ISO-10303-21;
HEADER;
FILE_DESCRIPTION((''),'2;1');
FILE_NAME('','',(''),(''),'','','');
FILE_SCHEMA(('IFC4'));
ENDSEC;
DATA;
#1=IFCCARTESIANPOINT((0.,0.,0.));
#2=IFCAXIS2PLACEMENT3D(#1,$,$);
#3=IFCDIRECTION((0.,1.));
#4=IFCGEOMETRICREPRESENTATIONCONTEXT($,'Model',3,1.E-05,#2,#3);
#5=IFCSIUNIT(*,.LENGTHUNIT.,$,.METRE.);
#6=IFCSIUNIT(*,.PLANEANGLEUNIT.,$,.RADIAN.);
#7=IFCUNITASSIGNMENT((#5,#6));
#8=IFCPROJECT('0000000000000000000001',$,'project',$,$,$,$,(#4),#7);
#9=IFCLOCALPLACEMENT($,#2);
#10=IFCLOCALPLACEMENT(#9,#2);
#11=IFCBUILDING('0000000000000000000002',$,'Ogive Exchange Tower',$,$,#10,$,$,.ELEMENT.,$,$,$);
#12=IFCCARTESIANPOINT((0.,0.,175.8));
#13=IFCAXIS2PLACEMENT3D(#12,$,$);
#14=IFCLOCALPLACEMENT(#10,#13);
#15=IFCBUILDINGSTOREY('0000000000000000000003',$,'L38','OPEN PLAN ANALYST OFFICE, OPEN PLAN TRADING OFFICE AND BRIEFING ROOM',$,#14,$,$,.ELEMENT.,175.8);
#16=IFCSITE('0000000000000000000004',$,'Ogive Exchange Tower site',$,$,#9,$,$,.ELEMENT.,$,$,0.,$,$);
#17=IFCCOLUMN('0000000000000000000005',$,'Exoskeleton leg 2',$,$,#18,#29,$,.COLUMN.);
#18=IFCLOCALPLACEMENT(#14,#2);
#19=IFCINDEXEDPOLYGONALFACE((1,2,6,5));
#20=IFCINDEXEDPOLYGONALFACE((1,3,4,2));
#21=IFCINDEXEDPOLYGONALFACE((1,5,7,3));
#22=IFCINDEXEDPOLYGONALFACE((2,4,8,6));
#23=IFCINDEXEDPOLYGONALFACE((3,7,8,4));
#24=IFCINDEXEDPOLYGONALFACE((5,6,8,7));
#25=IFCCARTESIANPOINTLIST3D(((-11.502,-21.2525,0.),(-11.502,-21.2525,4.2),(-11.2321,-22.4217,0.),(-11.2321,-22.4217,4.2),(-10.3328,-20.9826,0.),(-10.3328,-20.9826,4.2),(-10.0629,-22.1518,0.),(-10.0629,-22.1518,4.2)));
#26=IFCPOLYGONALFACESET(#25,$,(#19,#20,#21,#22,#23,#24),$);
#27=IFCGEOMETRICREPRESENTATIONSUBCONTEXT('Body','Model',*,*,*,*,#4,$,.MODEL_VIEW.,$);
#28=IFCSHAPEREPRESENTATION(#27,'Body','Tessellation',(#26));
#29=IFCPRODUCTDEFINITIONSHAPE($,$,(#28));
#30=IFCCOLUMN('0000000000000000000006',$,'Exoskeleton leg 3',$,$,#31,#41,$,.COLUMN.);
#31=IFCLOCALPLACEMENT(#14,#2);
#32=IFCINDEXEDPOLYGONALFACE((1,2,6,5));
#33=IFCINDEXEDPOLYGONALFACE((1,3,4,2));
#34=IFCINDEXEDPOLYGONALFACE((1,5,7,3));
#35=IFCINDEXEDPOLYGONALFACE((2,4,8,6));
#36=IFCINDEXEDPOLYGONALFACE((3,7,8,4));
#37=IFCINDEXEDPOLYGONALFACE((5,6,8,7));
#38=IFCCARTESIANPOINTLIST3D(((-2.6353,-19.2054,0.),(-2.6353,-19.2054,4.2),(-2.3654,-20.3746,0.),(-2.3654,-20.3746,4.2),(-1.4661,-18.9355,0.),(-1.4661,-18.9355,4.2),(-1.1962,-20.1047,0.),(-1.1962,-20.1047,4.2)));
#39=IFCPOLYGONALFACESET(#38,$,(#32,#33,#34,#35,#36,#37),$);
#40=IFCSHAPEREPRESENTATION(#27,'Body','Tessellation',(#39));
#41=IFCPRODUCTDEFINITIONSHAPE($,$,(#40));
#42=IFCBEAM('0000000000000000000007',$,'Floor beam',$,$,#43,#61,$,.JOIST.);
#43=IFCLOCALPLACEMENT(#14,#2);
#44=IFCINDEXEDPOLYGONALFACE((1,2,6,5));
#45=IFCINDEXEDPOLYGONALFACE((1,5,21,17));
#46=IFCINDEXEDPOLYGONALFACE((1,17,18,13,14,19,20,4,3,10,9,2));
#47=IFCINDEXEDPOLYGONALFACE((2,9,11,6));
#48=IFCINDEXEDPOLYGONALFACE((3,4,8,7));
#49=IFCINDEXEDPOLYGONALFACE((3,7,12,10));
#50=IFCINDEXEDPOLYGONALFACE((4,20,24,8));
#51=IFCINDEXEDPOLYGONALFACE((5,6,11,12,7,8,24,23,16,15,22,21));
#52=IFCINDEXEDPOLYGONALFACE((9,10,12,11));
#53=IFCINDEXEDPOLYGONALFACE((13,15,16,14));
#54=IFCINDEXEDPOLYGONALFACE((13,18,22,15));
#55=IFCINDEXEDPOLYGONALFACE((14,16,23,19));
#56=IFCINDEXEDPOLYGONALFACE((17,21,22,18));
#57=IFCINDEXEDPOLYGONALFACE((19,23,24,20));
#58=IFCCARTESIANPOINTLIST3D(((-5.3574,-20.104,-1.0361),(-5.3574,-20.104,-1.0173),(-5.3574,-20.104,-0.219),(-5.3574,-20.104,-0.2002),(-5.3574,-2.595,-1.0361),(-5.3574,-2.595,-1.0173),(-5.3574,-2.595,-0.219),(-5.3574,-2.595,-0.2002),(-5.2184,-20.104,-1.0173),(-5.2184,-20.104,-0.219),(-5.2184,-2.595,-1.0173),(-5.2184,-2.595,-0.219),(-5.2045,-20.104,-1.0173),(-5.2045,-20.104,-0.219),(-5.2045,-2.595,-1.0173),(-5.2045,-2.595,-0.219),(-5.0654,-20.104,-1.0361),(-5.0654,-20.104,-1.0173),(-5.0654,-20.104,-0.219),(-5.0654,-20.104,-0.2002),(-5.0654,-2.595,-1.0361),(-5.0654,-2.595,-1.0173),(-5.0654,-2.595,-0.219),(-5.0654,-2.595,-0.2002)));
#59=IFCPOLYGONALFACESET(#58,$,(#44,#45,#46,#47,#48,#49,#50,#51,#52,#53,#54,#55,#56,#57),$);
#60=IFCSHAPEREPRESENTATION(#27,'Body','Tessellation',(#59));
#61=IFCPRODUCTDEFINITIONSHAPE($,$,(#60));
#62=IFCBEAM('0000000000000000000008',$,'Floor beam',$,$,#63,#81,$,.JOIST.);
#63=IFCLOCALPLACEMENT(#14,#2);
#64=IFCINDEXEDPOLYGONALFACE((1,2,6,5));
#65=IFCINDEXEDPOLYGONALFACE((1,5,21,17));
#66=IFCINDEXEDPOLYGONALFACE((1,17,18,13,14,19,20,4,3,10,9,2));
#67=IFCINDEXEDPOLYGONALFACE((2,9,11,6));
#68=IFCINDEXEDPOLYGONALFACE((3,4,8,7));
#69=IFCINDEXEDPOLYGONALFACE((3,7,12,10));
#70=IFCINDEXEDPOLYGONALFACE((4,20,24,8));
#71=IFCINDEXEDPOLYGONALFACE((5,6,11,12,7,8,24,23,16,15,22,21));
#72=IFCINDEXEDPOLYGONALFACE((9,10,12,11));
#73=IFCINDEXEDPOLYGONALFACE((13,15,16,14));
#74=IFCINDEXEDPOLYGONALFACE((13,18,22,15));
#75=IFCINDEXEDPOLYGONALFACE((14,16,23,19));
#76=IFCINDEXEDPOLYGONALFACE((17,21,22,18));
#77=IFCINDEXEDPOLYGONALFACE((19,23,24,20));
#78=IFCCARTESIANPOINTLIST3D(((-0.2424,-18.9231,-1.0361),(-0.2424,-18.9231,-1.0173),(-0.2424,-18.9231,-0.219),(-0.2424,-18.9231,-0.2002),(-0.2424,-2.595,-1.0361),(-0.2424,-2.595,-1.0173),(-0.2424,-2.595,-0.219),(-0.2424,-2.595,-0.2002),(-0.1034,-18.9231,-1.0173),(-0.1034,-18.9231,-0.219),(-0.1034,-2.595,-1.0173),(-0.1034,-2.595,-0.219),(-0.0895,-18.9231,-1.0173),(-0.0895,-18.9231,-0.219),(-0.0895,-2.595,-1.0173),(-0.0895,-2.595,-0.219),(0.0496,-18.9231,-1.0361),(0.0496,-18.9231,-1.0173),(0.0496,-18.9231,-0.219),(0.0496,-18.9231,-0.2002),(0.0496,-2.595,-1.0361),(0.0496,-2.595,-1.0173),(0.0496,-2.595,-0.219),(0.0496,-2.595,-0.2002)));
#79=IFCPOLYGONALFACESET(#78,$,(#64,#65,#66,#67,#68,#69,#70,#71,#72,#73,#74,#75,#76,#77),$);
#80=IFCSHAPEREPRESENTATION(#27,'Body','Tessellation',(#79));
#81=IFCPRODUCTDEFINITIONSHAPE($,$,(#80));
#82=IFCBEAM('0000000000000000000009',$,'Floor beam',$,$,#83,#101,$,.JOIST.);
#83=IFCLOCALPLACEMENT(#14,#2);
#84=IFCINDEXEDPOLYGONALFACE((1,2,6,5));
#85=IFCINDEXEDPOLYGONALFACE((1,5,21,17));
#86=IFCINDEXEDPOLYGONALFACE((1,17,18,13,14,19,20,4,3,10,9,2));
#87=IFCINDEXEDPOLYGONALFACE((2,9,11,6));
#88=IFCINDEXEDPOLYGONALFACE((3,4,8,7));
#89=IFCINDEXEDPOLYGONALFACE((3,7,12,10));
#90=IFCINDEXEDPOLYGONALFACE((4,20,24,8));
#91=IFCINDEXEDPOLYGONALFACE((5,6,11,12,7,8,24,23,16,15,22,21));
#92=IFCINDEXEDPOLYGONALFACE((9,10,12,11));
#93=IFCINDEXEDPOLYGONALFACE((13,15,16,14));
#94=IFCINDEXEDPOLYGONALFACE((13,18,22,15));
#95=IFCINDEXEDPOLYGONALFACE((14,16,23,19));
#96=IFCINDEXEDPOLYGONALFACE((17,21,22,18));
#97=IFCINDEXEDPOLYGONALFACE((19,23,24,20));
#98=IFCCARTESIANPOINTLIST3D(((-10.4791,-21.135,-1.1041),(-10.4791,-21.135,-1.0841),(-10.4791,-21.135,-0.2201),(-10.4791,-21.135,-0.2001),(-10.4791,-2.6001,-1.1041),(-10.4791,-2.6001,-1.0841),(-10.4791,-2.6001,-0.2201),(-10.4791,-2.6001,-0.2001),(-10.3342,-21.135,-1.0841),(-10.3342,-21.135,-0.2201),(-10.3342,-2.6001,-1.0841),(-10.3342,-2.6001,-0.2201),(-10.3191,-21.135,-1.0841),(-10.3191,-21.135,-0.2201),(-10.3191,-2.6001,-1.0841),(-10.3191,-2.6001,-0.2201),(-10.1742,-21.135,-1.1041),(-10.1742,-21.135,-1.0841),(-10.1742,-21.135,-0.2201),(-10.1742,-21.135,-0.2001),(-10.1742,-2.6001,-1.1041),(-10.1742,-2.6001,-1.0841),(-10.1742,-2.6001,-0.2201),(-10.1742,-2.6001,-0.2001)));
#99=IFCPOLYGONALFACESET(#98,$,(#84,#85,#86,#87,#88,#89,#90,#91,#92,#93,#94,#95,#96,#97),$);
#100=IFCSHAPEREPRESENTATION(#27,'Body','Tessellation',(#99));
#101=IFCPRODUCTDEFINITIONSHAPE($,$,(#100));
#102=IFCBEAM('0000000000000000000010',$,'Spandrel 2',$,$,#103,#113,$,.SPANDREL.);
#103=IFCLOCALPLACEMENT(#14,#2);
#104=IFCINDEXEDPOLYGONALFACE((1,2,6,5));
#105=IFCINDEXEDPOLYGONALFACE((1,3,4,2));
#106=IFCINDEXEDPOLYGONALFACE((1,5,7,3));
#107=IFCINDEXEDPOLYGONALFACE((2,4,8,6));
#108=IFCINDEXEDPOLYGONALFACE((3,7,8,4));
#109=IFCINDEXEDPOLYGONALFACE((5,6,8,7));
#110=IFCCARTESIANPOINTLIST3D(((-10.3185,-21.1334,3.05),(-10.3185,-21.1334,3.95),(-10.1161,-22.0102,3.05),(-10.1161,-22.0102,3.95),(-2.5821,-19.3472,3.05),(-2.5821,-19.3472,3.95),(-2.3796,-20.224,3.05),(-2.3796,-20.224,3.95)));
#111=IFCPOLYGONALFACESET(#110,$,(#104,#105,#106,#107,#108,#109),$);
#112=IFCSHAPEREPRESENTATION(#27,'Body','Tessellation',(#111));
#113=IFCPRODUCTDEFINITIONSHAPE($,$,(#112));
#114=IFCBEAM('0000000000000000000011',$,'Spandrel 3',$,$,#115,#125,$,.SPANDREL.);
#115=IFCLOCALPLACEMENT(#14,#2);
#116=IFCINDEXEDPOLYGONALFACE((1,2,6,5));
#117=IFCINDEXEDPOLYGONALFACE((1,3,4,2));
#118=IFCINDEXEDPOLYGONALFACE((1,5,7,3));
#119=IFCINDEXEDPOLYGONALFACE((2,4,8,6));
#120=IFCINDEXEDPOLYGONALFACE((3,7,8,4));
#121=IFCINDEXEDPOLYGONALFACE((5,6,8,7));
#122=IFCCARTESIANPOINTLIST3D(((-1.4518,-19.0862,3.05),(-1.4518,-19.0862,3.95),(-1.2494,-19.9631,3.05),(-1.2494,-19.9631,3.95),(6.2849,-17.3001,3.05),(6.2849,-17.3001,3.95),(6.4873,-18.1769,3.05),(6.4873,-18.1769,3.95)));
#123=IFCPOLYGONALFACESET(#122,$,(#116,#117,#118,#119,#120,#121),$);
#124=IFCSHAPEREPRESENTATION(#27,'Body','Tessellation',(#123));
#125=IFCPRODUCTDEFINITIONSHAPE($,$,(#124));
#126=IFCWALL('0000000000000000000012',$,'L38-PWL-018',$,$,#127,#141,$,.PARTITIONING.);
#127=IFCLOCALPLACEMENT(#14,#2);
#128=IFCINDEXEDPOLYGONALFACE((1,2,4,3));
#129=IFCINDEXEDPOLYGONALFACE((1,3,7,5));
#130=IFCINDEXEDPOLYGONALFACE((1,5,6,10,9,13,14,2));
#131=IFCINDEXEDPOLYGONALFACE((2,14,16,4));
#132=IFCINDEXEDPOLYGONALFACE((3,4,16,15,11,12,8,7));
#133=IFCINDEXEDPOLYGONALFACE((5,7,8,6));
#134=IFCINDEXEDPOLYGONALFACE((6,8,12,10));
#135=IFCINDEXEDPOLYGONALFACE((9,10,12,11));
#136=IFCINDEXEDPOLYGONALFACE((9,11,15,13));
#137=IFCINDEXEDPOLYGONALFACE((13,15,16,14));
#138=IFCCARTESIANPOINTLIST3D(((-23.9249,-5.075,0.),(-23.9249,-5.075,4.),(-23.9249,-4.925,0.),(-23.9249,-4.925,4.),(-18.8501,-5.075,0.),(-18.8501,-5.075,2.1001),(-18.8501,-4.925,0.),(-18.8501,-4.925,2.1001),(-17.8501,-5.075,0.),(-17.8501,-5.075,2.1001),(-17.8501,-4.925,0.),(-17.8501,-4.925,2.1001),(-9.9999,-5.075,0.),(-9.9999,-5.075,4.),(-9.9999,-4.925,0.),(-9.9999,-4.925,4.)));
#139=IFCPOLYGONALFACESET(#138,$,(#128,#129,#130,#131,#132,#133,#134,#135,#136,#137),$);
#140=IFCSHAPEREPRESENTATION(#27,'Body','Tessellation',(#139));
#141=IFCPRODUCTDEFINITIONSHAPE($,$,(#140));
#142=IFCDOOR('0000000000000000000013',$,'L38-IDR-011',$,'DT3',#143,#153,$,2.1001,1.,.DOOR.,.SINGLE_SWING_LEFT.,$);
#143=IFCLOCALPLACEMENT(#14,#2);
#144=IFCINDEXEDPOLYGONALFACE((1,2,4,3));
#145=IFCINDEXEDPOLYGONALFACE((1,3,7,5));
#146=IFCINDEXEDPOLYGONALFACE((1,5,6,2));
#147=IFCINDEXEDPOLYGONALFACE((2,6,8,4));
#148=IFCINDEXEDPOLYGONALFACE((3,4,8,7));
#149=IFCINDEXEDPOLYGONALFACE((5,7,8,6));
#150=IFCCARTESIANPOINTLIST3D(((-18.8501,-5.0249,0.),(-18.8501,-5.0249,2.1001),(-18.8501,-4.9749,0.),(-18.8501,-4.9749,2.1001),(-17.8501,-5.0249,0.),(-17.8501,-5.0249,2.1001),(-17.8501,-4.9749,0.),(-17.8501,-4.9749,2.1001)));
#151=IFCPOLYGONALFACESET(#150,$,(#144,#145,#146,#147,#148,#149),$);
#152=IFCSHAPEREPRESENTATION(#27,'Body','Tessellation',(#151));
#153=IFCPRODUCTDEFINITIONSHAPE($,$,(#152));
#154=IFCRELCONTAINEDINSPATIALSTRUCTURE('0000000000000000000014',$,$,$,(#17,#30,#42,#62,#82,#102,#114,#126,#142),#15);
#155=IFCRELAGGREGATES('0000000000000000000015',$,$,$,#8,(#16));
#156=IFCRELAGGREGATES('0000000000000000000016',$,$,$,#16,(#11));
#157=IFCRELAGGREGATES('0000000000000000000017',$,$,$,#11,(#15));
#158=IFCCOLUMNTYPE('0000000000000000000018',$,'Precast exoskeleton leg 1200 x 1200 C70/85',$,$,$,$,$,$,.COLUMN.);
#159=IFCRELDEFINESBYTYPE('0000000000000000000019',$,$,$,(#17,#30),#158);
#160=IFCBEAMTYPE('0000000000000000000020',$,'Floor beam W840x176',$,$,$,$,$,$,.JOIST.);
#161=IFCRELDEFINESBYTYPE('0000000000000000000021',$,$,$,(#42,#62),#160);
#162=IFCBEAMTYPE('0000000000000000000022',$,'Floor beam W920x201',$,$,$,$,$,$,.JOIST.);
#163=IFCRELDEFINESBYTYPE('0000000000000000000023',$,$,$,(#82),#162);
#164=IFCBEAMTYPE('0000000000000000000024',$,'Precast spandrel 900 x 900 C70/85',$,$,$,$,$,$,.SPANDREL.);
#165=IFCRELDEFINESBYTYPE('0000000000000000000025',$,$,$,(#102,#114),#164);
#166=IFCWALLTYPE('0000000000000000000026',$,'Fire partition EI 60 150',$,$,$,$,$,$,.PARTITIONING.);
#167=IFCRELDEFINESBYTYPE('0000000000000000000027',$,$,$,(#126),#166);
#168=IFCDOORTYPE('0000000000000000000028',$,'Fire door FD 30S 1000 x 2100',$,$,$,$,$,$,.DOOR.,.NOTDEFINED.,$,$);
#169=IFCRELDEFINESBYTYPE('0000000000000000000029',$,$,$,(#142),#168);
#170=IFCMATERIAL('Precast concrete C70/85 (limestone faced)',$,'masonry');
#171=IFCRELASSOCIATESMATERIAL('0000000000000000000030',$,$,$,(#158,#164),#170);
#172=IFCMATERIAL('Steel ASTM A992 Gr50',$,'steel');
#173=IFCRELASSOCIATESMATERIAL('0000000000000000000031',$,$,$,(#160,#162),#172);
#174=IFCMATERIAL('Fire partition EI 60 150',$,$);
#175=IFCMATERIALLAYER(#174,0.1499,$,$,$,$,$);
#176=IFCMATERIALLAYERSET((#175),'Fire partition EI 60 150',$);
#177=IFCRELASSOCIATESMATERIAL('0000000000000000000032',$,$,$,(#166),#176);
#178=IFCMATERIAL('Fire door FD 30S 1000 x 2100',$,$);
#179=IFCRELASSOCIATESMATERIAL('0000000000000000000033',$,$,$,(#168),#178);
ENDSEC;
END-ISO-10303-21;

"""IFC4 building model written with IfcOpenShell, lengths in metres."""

from ifc_helpers import new_model, si_unit, direction, frame, frame_2d, origin, origin_2d, place, context, subcontext, project, spatial, rectangle, i_section, extrude, material, layer, layer_set, material_profile, profile_set, type_object, element, fill, save


model = new_model("IFC4")

# Units and contexts
model_context = context("Model", 3, precision=1e-05, world=origin(), true_north=direction((0.0, 1.0)))
body_context = subcontext(model_context, "Body", "Model", "MODEL_VIEW")
ifc_project = project(units=[si_unit("LENGTHUNIT", "METRE"), si_unit("PLANEANGLEUNIT", "RADIAN")], contexts=[model_context])

# Site, building, storey
site_placement = place(None, origin())
site = spatial("IfcSite", under=ifc_project, at=site_placement, Name="Ogive Exchange Tower site", CompositionType="ELEMENT", RefElevation=0.0)
building_placement = place(site_placement, origin())
building = spatial("IfcBuilding", under=site, at=building_placement, Name="Ogive Exchange Tower", CompositionType="ELEMENT")
storey_placement = place(building_placement, frame((0.0, 0.0, 175.8)))
storey = spatial("IfcBuildingStorey", under=building, at=storey_placement, Name="L38", Description="OPEN PLAN ANALYST OFFICE, OPEN PLAN TRADING OFFICE AND BRIEFING ROOM", CompositionType="ELEMENT", Elevation=175.8)

# Columns
ifc_material_1 = material(Name="Precast concrete C70/85 (limestone faced)", Category="masonry")
ifc_material_profile_1 = material_profile(ifc_material_1, rectangle(XDim=1.2, YDim=1.2, at=origin_2d()), Name="1200 x 1200")
ifc_profile_set_1 = profile_set([ifc_material_profile_1], Name="Precast concrete C70/85 (limestone faced)")
column_type = type_object("IfcColumnType", Name="Precast exoskeleton leg 1200 x 1200 C70/85", PredefinedType="COLUMN", material=ifc_profile_set_1)
for number, where, z_axis, x_axis, name in (
    (1, (-10.7825, -21.7021, 0.0), (0.0, 0.0, 1.0), (0.97437, 0.224951, 0.0), "Exoskeleton leg 2"),
    (2, (-1.9158, -19.655, 0.0), (0.0, 0.0, 1.0), (0.97437, 0.224951, 0.0), "Exoskeleton leg 3"),
):
    element("IfcColumn", number, at=place(storey_placement, frame(where, z_axis=z_axis, x_axis=x_axis)), inside=storey, type_object=column_type, Name=name, PredefinedType="COLUMN", context=body_context, shape_type="SweptSolid", body=[
        extrude(rectangle(XDim=1.2, YDim=1.2, at=origin_2d()), origin(), (0.0, 0.0, 1.0), 4.2),
    ])

# Beams
ifc_material_2 = material(Name="Steel ASTM A992 Gr50", Category="steel")
ifc_material_profile_2 = material_profile(ifc_material_2, i_section(OverallWidth=0.292, OverallDepth=0.8359, WebThickness=0.0139, FlangeThickness=0.0188, at=origin_2d()), Name="W840x176")
ifc_profile_set_2 = profile_set([ifc_material_profile_2], Name="Steel ASTM A992 Gr50")
beam_type_1 = type_object("IfcBeamType", Name="Floor beam W840x176", PredefinedType="JOIST", material=ifc_profile_set_2)
beam_1_placement = place(storey_placement, frame((-5.2114, -20.104, -0.6182), z_axis=(0.0, 1.0, 0.0), x_axis=(-1.0, 0.0, 0.0)))
element("IfcBeam", 3, at=beam_1_placement, inside=storey, type_object=beam_type_1, Name="Floor beam", PredefinedType="JOIST", context=body_context, shape_type="SweptSolid", body=[
    extrude(i_section(OverallWidth=0.292, OverallDepth=0.8359, WebThickness=0.0139, FlangeThickness=0.0188, at=origin_2d()), origin(), (0.0, 0.0, 1.0), 17.509),
])
beam_2_placement = place(storey_placement, frame((-0.0964, -18.9231, -0.6182), z_axis=(0.0, 1.0, 0.0), x_axis=(-1.0, 0.0, 0.0)))
element("IfcBeam", 4, at=beam_2_placement, inside=storey, type_object=beam_type_1, Name="Floor beam", PredefinedType="JOIST", context=body_context, shape_type="SweptSolid", body=[
    extrude(i_section(OverallWidth=0.292, OverallDepth=0.8359, WebThickness=0.0139, FlangeThickness=0.0188, at=origin_2d()), origin(), (0.0, 0.0, 1.0), 16.3281),
])
ifc_material_profile_3 = material_profile(ifc_material_2, i_section(OverallWidth=0.3049, OverallDepth=0.9041, WebThickness=0.0151, FlangeThickness=0.02, at=origin_2d()), Name="W920x201")
ifc_profile_set_3 = profile_set([ifc_material_profile_3], Name="Steel ASTM A992 Gr50")
beam_type_2 = type_object("IfcBeamType", Name="Floor beam W920x201", PredefinedType="JOIST", material=ifc_profile_set_3)
beam_3_placement = place(storey_placement, frame((-10.3267, -21.135, -0.6521), z_axis=(0.0, 1.0, 0.0), x_axis=(-1.0, 0.0, 0.0)))
element("IfcBeam", 5, at=beam_3_placement, inside=storey, type_object=beam_type_2, Name="Floor beam", PredefinedType="JOIST", context=body_context, shape_type="SweptSolid", body=[
    extrude(i_section(OverallWidth=0.3049, OverallDepth=0.9041, WebThickness=0.0151, FlangeThickness=0.02, at=origin_2d()), origin(), (0.0, 0.0, 1.0), 18.5349),
])
ifc_material_profile_4 = material_profile(ifc_material_1, rectangle(XDim=0.8999, YDim=0.8999, at=origin_2d()), Name="900 x 900")
ifc_profile_set_4 = profile_set([ifc_material_profile_4], Name="Precast concrete C70/85 (limestone faced)")
beam_type_3 = type_object("IfcBeamType", Name="Precast spandrel 900 x 900 C70/85", PredefinedType="SPANDREL", material=ifc_profile_set_4)
beam_4_placement = place(storey_placement, frame((-10.2173, -21.5718, 3.5), z_axis=(0.974368, 0.224958, 0.0), x_axis=(-0.224958, 0.974368, 0.0)))
element("IfcBeam", 6, at=beam_4_placement, inside=storey, type_object=beam_type_3, Name="Spandrel 2", PredefinedType="SPANDREL", context=body_context, shape_type="SweptSolid", body=[
    extrude(rectangle(XDim=0.8999, YDim=0.8999, at=origin_2d()), origin(), (0.0, 0.0, 1.0), 7.9399),
])
beam_5_placement = place(storey_placement, frame((-1.3506, -19.5247, 3.5), z_axis=(0.97437, 0.224952, 0.0), x_axis=(-0.224952, 0.97437, 0.0)))
element("IfcBeam", 7, at=beam_5_placement, inside=storey, type_object=beam_type_3, Name="Spandrel 3", PredefinedType="SPANDREL", context=body_context, shape_type="SweptSolid", body=[
    extrude(rectangle(XDim=0.8999, YDim=0.8999, at=origin_2d()), origin(), (0.0, 0.0, 1.0), 7.9402),
])

# Wall, opening, door
ifc_material_3 = material(Name="Fire partition EI 60 150")
ifc_layer_1 = layer(ifc_material_3, 0.1499)
ifc_layer_set_1 = layer_set([ifc_layer_1], Name="Fire partition EI 60 150")
wall_type_1 = type_object("IfcWallType", Name="Fire partition EI 60 150", PredefinedType="PARTITIONING", material=ifc_layer_set_1)
wall_1_placement = place(storey_placement, frame((-10.0, -5.0, 0.0), z_axis=(0.0, 0.0, 1.0), x_axis=(-1.0, 0.0, 0.0)))
wall_1 = element("IfcWall", 8, at=wall_1_placement, inside=storey, type_object=wall_type_1, Name="L38-PWL-018", PredefinedType="PARTITIONING", context=body_context, shape_type="SweptSolid", body=[
    extrude(rectangle(XDim=13.925, YDim=0.1499, at=frame_2d((6.9624, 0.0))), origin(), (0.0, 0.0, 1.0), 4.0),
])
opening_1_placement = place(wall_1_placement, frame((7.8501, 0.0, 0.0)))
opening_1 = element("IfcOpeningElement", 9, at=opening_1_placement, cuts=wall_1, PredefinedType="OPENING", context=body_context, shape_type="SweptSolid", body=[
    extrude(rectangle(XDim=1.0, YDim=2.1001, at=frame_2d((0.5, 1.05))), frame((0.0, 0.085, 0.0), z_axis=(0.0, -1.0, 0.0), x_axis=(1.0, 0.0, 0.0)), (0.0, 0.0, 1.0), 0.1699),
])
ifc_material_4 = material(Name="Fire door FD 30S 1000 x 2100")
door_type_1 = type_object("IfcDoorType", Name="Fire door FD 30S 1000 x 2100", OperationType="NOTDEFINED", PredefinedType="DOOR", material=ifc_material_4)
door_1_placement = place(opening_1_placement, origin())
door_1 = element("IfcDoor", 10, at=door_1_placement, inside=storey, type_object=door_type_1, Name="L38-IDR-011", ObjectType="DT3", OperationType="SINGLE_SWING_LEFT", OverallHeight=2.1001, OverallWidth=1.0, PredefinedType="DOOR", context=body_context, shape_type="SweptSolid", body=[
    extrude(rectangle(XDim=1.0, YDim=2.1001, at=frame_2d((0.5, 1.05))), frame((0.0, 0.0249, 0.0), z_axis=(0.0, -1.0, 0.0), x_axis=(1.0, 0.0, 0.0)), (0.0, 0.0, 1.0), 0.05),
])
fill(opening_1, door_1)

save(model, "model.ifc")
